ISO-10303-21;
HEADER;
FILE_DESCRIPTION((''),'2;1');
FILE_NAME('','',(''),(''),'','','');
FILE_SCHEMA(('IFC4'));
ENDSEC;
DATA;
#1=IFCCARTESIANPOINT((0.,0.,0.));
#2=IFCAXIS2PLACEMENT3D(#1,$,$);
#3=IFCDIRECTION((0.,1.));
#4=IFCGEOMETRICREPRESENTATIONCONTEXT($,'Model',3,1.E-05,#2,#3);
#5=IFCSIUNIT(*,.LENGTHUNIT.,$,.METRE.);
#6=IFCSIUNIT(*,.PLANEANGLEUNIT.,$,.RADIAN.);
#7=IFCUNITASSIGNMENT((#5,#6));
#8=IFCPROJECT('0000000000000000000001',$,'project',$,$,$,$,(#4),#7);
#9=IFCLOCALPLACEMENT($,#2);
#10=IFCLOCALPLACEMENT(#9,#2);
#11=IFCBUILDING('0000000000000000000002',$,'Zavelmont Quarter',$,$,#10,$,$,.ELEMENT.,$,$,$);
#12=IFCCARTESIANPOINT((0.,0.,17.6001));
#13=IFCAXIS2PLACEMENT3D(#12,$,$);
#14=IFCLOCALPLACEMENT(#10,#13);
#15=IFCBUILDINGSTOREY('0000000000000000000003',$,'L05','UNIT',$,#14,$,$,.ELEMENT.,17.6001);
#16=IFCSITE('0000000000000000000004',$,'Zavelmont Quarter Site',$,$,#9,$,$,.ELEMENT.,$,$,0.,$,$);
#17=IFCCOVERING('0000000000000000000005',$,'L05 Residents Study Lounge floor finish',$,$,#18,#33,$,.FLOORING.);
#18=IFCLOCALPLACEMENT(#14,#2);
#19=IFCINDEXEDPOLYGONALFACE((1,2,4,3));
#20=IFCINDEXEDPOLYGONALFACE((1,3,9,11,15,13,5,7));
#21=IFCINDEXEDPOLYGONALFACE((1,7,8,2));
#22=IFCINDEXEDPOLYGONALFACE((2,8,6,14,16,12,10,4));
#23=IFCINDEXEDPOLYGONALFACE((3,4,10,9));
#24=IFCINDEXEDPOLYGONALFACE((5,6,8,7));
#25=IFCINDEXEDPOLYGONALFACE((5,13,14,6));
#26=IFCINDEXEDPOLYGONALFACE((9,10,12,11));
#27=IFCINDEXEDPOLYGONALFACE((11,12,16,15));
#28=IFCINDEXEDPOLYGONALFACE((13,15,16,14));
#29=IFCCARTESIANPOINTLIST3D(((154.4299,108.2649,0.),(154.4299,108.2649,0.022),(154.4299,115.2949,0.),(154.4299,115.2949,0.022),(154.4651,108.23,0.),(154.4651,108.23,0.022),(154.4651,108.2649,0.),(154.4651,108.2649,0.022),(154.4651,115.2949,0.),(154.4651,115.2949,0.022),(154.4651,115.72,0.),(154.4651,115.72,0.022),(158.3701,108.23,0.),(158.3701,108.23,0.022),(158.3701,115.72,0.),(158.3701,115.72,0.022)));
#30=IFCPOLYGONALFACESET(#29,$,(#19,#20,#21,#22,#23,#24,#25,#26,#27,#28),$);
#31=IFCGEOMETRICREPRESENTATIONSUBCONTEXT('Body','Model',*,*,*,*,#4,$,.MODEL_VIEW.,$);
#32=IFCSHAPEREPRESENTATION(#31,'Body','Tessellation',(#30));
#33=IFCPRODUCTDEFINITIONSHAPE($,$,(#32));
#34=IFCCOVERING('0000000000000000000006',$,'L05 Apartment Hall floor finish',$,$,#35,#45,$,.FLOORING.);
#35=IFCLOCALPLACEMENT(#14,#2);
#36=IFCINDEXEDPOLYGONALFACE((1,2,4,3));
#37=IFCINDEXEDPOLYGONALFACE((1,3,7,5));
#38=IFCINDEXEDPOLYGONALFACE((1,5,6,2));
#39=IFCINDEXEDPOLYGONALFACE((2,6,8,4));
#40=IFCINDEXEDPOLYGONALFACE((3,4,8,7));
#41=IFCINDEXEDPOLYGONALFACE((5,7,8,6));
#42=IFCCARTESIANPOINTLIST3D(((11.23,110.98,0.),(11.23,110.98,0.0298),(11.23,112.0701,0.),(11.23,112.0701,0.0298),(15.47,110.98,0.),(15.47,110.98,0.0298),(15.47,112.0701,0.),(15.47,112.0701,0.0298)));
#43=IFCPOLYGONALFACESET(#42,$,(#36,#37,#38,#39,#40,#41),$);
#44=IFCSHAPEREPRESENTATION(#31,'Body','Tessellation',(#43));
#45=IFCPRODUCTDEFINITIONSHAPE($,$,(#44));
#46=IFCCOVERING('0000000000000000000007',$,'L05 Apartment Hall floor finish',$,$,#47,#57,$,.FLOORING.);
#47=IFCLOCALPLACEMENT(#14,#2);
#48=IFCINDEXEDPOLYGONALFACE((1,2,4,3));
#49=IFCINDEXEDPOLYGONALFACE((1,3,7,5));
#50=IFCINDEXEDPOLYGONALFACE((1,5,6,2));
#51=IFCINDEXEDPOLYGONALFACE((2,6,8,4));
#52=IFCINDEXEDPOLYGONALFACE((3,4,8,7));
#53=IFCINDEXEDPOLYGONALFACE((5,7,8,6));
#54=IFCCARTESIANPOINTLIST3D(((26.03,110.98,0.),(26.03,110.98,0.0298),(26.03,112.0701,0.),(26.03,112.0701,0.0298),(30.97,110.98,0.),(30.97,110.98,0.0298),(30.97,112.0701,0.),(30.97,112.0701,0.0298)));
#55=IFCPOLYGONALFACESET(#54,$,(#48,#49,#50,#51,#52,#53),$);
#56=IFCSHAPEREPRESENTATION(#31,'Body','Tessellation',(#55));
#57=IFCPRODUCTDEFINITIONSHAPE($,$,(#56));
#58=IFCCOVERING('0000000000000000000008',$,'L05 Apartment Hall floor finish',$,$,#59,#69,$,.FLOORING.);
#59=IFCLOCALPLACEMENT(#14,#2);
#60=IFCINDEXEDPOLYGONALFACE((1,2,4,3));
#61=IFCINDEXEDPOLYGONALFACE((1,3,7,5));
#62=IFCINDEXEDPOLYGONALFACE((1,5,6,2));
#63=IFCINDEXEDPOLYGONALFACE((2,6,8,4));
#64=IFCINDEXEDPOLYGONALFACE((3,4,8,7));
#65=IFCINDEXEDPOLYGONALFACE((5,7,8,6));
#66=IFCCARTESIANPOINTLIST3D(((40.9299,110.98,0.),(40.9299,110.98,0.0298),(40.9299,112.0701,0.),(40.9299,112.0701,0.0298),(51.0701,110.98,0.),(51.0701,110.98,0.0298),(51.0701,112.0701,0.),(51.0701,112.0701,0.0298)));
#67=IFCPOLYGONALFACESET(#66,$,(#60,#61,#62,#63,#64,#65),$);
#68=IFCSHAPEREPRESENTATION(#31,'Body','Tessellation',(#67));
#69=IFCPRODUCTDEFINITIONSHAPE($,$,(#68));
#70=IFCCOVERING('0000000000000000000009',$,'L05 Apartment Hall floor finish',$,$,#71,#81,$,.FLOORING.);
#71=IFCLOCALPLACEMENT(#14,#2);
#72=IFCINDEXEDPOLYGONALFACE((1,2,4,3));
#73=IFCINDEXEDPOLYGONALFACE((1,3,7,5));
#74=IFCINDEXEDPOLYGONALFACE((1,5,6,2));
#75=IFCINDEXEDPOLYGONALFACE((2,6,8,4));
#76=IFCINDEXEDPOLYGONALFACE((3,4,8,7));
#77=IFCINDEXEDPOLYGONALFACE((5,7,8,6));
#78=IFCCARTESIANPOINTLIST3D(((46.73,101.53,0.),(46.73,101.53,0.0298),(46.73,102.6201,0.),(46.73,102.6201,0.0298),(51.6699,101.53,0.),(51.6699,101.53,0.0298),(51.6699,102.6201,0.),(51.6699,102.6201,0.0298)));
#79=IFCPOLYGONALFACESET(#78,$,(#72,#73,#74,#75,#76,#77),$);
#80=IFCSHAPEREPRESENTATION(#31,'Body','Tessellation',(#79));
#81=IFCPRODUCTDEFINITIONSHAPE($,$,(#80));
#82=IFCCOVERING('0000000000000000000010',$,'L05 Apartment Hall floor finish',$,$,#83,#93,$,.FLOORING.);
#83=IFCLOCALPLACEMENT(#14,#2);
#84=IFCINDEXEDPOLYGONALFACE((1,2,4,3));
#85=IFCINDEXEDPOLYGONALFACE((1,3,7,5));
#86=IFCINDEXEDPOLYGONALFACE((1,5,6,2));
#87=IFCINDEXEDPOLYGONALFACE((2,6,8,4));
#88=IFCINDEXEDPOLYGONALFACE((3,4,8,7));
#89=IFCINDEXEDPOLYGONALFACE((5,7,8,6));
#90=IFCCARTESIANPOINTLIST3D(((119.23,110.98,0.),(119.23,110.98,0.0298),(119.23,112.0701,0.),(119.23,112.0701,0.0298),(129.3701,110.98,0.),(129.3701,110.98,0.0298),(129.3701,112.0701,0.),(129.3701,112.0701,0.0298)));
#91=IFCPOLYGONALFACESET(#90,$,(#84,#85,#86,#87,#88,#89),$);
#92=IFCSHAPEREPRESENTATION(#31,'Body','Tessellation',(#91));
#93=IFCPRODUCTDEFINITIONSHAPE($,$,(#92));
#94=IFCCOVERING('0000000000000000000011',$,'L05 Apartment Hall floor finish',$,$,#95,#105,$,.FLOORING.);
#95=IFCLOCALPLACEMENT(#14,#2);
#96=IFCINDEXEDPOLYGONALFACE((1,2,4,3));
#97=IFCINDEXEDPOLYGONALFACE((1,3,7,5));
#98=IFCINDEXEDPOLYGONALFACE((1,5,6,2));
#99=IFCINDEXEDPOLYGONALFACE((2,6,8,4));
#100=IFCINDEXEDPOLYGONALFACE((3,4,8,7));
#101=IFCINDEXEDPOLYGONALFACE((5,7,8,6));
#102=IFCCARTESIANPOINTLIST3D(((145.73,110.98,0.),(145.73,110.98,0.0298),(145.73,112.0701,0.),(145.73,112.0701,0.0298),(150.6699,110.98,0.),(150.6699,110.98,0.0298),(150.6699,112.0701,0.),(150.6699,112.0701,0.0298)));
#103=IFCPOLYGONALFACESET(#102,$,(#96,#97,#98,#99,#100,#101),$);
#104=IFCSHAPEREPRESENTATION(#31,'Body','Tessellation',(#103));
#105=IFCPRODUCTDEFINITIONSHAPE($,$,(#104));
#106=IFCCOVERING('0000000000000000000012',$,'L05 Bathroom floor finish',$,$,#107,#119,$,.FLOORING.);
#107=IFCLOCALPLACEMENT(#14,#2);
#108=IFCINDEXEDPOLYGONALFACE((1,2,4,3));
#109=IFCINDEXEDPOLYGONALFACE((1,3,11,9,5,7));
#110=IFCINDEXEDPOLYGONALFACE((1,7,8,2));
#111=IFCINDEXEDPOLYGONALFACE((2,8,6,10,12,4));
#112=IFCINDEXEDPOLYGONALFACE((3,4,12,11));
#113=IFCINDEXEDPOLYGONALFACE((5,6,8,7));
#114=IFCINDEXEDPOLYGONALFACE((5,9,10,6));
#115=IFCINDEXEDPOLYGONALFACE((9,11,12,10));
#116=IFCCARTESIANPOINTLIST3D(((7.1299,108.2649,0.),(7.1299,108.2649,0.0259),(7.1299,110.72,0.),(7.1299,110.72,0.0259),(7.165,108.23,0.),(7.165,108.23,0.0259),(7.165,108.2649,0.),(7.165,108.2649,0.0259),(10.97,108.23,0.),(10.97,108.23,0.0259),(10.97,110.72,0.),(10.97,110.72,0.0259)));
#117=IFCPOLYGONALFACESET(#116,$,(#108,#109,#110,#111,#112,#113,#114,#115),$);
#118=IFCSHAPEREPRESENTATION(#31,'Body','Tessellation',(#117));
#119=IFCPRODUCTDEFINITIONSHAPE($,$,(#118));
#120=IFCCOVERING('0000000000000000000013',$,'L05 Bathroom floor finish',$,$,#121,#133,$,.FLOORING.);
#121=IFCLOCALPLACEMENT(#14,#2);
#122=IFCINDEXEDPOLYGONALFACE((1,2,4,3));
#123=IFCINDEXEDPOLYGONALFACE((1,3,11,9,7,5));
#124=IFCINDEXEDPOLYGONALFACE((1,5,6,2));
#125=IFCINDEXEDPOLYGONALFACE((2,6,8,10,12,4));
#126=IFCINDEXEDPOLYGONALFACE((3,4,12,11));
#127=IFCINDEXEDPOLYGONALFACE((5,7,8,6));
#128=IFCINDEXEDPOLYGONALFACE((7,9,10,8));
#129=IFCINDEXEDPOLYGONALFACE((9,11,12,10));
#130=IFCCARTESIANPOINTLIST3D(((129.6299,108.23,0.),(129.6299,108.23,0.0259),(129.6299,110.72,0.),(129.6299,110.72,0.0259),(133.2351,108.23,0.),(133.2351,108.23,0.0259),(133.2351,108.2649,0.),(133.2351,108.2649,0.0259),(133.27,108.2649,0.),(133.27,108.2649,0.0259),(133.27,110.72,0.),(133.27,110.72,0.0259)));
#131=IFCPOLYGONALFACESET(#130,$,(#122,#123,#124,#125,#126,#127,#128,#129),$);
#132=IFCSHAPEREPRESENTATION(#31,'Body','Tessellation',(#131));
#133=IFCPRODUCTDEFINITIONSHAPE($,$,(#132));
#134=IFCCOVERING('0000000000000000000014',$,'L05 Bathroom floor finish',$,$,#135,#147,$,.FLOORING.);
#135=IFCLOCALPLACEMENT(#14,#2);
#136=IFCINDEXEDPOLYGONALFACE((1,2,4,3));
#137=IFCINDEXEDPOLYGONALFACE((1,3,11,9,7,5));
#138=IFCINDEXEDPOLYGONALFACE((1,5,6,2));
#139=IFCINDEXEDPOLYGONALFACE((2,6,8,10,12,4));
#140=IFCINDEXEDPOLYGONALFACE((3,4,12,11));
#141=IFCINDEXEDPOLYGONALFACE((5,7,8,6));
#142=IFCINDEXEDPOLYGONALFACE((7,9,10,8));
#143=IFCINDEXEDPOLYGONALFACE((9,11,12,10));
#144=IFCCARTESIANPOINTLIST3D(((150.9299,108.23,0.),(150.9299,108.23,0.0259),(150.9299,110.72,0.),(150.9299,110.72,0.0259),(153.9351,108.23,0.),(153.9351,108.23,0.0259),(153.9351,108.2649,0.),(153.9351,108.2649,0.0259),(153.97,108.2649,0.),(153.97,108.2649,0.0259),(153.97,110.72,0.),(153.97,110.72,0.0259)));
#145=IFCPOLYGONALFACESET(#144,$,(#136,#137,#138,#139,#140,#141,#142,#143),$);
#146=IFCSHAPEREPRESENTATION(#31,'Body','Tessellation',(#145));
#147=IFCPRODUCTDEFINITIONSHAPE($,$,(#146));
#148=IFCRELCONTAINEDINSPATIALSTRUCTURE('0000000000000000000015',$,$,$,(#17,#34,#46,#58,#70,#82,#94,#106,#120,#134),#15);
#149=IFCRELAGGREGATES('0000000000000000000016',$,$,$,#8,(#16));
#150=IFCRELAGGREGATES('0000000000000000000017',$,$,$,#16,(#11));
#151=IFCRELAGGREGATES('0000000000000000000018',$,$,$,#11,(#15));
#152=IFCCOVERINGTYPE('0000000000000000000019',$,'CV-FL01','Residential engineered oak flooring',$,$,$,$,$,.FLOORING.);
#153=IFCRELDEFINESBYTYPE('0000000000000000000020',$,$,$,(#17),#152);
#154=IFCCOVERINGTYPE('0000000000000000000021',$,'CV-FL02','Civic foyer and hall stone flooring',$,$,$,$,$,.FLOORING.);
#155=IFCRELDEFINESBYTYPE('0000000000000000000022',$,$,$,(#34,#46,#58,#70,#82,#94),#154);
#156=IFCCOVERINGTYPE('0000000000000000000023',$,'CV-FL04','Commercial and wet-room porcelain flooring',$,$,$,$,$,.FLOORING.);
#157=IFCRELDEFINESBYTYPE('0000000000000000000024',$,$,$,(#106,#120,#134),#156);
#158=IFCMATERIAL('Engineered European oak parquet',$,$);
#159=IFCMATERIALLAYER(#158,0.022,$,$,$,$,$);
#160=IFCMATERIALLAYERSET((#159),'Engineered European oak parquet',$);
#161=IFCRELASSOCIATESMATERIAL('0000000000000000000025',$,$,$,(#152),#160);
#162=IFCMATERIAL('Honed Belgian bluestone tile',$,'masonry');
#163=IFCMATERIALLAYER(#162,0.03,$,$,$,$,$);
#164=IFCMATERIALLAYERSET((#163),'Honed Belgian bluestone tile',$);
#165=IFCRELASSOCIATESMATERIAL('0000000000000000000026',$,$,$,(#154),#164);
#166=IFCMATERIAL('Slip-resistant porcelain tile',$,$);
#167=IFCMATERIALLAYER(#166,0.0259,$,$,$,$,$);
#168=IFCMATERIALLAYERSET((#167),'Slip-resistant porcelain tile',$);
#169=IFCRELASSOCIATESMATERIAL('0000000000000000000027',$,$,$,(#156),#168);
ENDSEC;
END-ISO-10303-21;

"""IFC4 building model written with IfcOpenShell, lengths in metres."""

from ifc_helpers import new_model, si_unit, direction, frame, origin, place, context, subcontext, project, spatial, polyline, outline, extrude, material, layer, layer_set, type_object, element, save


model = new_model("IFC4")

# Units and contexts
model_context = context("Model", 3, precision=1e-05, world=origin(), true_north=direction((0.0, 1.0)))
body_context = subcontext(model_context, "Body", "Model", "MODEL_VIEW")
ifc_project = project(units=[si_unit("LENGTHUNIT", "METRE"), si_unit("PLANEANGLEUNIT", "RADIAN")], contexts=[model_context])

# Site, building, storey
site_placement = place(None, origin())
site = spatial("IfcSite", under=ifc_project, at=site_placement, Name="Zavelmont Quarter Site", CompositionType="ELEMENT", RefElevation=0.0)
building_placement = place(site_placement, origin())
building = spatial("IfcBuilding", under=site, at=building_placement, Name="Zavelmont Quarter", CompositionType="ELEMENT")
storey_placement = place(building_placement, frame((0.0, 0.0, 17.6001)))
storey = spatial("IfcBuildingStorey", under=building, at=storey_placement, Name="L05", Description="UNIT", CompositionType="ELEMENT", Elevation=17.6001)

# Coverings
ifc_material_1 = material(Name="Engineered European oak parquet")
ifc_layer_1 = layer(ifc_material_1, 0.022)
ifc_layer_set_1 = layer_set([ifc_layer_1], Name="Engineered European oak parquet")
covering_type_1 = type_object("IfcCoveringType", Name="CV-FL01", Description="Residential engineered oak flooring", PredefinedType="FLOORING", material=ifc_layer_set_1)
covering_1_placement = place(storey_placement, origin())
element("IfcCovering", 1, at=covering_1_placement, inside=storey, type_object=covering_type_1, Name="L05 Residents Study Lounge floor finish", PredefinedType="FLOORING", context=body_context, shape_type="SweptSolid", body=[
    extrude(outline(polyline([(154.4299, 115.2949), (154.4651, 115.2949), (154.4651, 115.72), (158.3701, 115.72), (158.3701, 108.23), (154.4651, 108.23), (154.4651, 108.2649), (154.4299, 108.2649), (154.4299, 115.2949)])), origin(), (0.0, 0.0, 1.0), 0.022),
])
ifc_material_2 = material(Name="Honed Belgian bluestone tile", Category="masonry")
ifc_layer_2 = layer(ifc_material_2, 0.03)
ifc_layer_set_2 = layer_set([ifc_layer_2], Name="Honed Belgian bluestone tile")
covering_type_2 = type_object("IfcCoveringType", Name="CV-FL02", Description="Civic foyer and hall stone flooring", PredefinedType="FLOORING", material=ifc_layer_set_2)
covering_2_placement = place(storey_placement, origin())
element("IfcCovering", 2, at=covering_2_placement, inside=storey, type_object=covering_type_2, Name="L05 Apartment Hall floor finish", PredefinedType="FLOORING", context=body_context, shape_type="SweptSolid", body=[
    extrude(outline(polyline([(11.23, 112.0701), (15.47, 112.0701), (15.47, 110.98), (11.23, 110.98), (11.23, 112.0701)])), origin(), (0.0, 0.0, 1.0), 0.0298),
])
covering_3_placement = place(storey_placement, origin())
element("IfcCovering", 3, at=covering_3_placement, inside=storey, type_object=covering_type_2, Name="L05 Apartment Hall floor finish", PredefinedType="FLOORING", context=body_context, shape_type="SweptSolid", body=[
    extrude(outline(polyline([(26.03, 112.0701), (30.97, 112.0701), (30.97, 110.98), (26.03, 110.98), (26.03, 112.0701)])), origin(), (0.0, 0.0, 1.0), 0.0298),
])
covering_4_placement = place(storey_placement, origin())
element("IfcCovering", 4, at=covering_4_placement, inside=storey, type_object=covering_type_2, Name="L05 Apartment Hall floor finish", PredefinedType="FLOORING", context=body_context, shape_type="SweptSolid", body=[
    extrude(outline(polyline([(40.9299, 112.0701), (51.0701, 112.0701), (51.0701, 110.98), (40.9299, 110.98), (40.9299, 112.0701)])), origin(), (0.0, 0.0, 1.0), 0.0298),
])
covering_5_placement = place(storey_placement, origin())
element("IfcCovering", 5, at=covering_5_placement, inside=storey, type_object=covering_type_2, Name="L05 Apartment Hall floor finish", PredefinedType="FLOORING", context=body_context, shape_type="SweptSolid", body=[
    extrude(outline(polyline([(46.73, 102.6201), (51.6699, 102.6201), (51.6699, 101.53), (46.73, 101.53), (46.73, 102.6201)])), origin(), (0.0, 0.0, 1.0), 0.0298),
])
covering_6_placement = place(storey_placement, origin())
element("IfcCovering", 6, at=covering_6_placement, inside=storey, type_object=covering_type_2, Name="L05 Apartment Hall floor finish", PredefinedType="FLOORING", context=body_context, shape_type="SweptSolid", body=[
    extrude(outline(polyline([(119.23, 112.0701), (129.3701, 112.0701), (129.3701, 110.98), (119.23, 110.98), (119.23, 112.0701)])), origin(), (0.0, 0.0, 1.0), 0.0298),
])
covering_7_placement = place(storey_placement, origin())
element("IfcCovering", 7, at=covering_7_placement, inside=storey, type_object=covering_type_2, Name="L05 Apartment Hall floor finish", PredefinedType="FLOORING", context=body_context, shape_type="SweptSolid", body=[
    extrude(outline(polyline([(145.73, 112.0701), (150.6699, 112.0701), (150.6699, 110.98), (145.73, 110.98), (145.73, 112.0701)])), origin(), (0.0, 0.0, 1.0), 0.0298),
])
ifc_material_3 = material(Name="Slip-resistant porcelain tile")
ifc_layer_3 = layer(ifc_material_3, 0.0259)
ifc_layer_set_3 = layer_set([ifc_layer_3], Name="Slip-resistant porcelain tile")
covering_type_3 = type_object("IfcCoveringType", Name="CV-FL04", Description="Commercial and wet-room porcelain flooring", PredefinedType="FLOORING", material=ifc_layer_set_3)
covering_8_placement = place(storey_placement, origin())
element("IfcCovering", 8, at=covering_8_placement, inside=storey, type_object=covering_type_3, Name="L05 Bathroom floor finish", PredefinedType="FLOORING", context=body_context, shape_type="SweptSolid", body=[
    extrude(outline(polyline([(7.1299, 110.72), (10.97, 110.72), (10.97, 108.23), (7.165, 108.23), (7.165, 108.2649), (7.1299, 108.2649), (7.1299, 110.72)])), origin(), (0.0, 0.0, 1.0), 0.0259),
])
covering_9_placement = place(storey_placement, origin())
element("IfcCovering", 9, at=covering_9_placement, inside=storey, type_object=covering_type_3, Name="L05 Bathroom floor finish", PredefinedType="FLOORING", context=body_context, shape_type="SweptSolid", body=[
    extrude(outline(polyline([(129.6299, 110.72), (133.27, 110.72), (133.27, 108.2649), (133.2351, 108.2649), (133.2351, 108.23), (129.6299, 108.23), (129.6299, 110.72)])), origin(), (0.0, 0.0, 1.0), 0.0259),
])
covering_10_placement = place(storey_placement, origin())
element("IfcCovering", 10, at=covering_10_placement, inside=storey, type_object=covering_type_3, Name="L05 Bathroom floor finish", PredefinedType="FLOORING", context=body_context, shape_type="SweptSolid", body=[
    extrude(outline(polyline([(150.9299, 110.72), (153.97, 110.72), (153.97, 108.2649), (153.9351, 108.2649), (153.9351, 108.23), (150.9299, 108.23), (150.9299, 110.72)])), origin(), (0.0, 0.0, 1.0), 0.0259),
])

save(model, "model.ifc")
